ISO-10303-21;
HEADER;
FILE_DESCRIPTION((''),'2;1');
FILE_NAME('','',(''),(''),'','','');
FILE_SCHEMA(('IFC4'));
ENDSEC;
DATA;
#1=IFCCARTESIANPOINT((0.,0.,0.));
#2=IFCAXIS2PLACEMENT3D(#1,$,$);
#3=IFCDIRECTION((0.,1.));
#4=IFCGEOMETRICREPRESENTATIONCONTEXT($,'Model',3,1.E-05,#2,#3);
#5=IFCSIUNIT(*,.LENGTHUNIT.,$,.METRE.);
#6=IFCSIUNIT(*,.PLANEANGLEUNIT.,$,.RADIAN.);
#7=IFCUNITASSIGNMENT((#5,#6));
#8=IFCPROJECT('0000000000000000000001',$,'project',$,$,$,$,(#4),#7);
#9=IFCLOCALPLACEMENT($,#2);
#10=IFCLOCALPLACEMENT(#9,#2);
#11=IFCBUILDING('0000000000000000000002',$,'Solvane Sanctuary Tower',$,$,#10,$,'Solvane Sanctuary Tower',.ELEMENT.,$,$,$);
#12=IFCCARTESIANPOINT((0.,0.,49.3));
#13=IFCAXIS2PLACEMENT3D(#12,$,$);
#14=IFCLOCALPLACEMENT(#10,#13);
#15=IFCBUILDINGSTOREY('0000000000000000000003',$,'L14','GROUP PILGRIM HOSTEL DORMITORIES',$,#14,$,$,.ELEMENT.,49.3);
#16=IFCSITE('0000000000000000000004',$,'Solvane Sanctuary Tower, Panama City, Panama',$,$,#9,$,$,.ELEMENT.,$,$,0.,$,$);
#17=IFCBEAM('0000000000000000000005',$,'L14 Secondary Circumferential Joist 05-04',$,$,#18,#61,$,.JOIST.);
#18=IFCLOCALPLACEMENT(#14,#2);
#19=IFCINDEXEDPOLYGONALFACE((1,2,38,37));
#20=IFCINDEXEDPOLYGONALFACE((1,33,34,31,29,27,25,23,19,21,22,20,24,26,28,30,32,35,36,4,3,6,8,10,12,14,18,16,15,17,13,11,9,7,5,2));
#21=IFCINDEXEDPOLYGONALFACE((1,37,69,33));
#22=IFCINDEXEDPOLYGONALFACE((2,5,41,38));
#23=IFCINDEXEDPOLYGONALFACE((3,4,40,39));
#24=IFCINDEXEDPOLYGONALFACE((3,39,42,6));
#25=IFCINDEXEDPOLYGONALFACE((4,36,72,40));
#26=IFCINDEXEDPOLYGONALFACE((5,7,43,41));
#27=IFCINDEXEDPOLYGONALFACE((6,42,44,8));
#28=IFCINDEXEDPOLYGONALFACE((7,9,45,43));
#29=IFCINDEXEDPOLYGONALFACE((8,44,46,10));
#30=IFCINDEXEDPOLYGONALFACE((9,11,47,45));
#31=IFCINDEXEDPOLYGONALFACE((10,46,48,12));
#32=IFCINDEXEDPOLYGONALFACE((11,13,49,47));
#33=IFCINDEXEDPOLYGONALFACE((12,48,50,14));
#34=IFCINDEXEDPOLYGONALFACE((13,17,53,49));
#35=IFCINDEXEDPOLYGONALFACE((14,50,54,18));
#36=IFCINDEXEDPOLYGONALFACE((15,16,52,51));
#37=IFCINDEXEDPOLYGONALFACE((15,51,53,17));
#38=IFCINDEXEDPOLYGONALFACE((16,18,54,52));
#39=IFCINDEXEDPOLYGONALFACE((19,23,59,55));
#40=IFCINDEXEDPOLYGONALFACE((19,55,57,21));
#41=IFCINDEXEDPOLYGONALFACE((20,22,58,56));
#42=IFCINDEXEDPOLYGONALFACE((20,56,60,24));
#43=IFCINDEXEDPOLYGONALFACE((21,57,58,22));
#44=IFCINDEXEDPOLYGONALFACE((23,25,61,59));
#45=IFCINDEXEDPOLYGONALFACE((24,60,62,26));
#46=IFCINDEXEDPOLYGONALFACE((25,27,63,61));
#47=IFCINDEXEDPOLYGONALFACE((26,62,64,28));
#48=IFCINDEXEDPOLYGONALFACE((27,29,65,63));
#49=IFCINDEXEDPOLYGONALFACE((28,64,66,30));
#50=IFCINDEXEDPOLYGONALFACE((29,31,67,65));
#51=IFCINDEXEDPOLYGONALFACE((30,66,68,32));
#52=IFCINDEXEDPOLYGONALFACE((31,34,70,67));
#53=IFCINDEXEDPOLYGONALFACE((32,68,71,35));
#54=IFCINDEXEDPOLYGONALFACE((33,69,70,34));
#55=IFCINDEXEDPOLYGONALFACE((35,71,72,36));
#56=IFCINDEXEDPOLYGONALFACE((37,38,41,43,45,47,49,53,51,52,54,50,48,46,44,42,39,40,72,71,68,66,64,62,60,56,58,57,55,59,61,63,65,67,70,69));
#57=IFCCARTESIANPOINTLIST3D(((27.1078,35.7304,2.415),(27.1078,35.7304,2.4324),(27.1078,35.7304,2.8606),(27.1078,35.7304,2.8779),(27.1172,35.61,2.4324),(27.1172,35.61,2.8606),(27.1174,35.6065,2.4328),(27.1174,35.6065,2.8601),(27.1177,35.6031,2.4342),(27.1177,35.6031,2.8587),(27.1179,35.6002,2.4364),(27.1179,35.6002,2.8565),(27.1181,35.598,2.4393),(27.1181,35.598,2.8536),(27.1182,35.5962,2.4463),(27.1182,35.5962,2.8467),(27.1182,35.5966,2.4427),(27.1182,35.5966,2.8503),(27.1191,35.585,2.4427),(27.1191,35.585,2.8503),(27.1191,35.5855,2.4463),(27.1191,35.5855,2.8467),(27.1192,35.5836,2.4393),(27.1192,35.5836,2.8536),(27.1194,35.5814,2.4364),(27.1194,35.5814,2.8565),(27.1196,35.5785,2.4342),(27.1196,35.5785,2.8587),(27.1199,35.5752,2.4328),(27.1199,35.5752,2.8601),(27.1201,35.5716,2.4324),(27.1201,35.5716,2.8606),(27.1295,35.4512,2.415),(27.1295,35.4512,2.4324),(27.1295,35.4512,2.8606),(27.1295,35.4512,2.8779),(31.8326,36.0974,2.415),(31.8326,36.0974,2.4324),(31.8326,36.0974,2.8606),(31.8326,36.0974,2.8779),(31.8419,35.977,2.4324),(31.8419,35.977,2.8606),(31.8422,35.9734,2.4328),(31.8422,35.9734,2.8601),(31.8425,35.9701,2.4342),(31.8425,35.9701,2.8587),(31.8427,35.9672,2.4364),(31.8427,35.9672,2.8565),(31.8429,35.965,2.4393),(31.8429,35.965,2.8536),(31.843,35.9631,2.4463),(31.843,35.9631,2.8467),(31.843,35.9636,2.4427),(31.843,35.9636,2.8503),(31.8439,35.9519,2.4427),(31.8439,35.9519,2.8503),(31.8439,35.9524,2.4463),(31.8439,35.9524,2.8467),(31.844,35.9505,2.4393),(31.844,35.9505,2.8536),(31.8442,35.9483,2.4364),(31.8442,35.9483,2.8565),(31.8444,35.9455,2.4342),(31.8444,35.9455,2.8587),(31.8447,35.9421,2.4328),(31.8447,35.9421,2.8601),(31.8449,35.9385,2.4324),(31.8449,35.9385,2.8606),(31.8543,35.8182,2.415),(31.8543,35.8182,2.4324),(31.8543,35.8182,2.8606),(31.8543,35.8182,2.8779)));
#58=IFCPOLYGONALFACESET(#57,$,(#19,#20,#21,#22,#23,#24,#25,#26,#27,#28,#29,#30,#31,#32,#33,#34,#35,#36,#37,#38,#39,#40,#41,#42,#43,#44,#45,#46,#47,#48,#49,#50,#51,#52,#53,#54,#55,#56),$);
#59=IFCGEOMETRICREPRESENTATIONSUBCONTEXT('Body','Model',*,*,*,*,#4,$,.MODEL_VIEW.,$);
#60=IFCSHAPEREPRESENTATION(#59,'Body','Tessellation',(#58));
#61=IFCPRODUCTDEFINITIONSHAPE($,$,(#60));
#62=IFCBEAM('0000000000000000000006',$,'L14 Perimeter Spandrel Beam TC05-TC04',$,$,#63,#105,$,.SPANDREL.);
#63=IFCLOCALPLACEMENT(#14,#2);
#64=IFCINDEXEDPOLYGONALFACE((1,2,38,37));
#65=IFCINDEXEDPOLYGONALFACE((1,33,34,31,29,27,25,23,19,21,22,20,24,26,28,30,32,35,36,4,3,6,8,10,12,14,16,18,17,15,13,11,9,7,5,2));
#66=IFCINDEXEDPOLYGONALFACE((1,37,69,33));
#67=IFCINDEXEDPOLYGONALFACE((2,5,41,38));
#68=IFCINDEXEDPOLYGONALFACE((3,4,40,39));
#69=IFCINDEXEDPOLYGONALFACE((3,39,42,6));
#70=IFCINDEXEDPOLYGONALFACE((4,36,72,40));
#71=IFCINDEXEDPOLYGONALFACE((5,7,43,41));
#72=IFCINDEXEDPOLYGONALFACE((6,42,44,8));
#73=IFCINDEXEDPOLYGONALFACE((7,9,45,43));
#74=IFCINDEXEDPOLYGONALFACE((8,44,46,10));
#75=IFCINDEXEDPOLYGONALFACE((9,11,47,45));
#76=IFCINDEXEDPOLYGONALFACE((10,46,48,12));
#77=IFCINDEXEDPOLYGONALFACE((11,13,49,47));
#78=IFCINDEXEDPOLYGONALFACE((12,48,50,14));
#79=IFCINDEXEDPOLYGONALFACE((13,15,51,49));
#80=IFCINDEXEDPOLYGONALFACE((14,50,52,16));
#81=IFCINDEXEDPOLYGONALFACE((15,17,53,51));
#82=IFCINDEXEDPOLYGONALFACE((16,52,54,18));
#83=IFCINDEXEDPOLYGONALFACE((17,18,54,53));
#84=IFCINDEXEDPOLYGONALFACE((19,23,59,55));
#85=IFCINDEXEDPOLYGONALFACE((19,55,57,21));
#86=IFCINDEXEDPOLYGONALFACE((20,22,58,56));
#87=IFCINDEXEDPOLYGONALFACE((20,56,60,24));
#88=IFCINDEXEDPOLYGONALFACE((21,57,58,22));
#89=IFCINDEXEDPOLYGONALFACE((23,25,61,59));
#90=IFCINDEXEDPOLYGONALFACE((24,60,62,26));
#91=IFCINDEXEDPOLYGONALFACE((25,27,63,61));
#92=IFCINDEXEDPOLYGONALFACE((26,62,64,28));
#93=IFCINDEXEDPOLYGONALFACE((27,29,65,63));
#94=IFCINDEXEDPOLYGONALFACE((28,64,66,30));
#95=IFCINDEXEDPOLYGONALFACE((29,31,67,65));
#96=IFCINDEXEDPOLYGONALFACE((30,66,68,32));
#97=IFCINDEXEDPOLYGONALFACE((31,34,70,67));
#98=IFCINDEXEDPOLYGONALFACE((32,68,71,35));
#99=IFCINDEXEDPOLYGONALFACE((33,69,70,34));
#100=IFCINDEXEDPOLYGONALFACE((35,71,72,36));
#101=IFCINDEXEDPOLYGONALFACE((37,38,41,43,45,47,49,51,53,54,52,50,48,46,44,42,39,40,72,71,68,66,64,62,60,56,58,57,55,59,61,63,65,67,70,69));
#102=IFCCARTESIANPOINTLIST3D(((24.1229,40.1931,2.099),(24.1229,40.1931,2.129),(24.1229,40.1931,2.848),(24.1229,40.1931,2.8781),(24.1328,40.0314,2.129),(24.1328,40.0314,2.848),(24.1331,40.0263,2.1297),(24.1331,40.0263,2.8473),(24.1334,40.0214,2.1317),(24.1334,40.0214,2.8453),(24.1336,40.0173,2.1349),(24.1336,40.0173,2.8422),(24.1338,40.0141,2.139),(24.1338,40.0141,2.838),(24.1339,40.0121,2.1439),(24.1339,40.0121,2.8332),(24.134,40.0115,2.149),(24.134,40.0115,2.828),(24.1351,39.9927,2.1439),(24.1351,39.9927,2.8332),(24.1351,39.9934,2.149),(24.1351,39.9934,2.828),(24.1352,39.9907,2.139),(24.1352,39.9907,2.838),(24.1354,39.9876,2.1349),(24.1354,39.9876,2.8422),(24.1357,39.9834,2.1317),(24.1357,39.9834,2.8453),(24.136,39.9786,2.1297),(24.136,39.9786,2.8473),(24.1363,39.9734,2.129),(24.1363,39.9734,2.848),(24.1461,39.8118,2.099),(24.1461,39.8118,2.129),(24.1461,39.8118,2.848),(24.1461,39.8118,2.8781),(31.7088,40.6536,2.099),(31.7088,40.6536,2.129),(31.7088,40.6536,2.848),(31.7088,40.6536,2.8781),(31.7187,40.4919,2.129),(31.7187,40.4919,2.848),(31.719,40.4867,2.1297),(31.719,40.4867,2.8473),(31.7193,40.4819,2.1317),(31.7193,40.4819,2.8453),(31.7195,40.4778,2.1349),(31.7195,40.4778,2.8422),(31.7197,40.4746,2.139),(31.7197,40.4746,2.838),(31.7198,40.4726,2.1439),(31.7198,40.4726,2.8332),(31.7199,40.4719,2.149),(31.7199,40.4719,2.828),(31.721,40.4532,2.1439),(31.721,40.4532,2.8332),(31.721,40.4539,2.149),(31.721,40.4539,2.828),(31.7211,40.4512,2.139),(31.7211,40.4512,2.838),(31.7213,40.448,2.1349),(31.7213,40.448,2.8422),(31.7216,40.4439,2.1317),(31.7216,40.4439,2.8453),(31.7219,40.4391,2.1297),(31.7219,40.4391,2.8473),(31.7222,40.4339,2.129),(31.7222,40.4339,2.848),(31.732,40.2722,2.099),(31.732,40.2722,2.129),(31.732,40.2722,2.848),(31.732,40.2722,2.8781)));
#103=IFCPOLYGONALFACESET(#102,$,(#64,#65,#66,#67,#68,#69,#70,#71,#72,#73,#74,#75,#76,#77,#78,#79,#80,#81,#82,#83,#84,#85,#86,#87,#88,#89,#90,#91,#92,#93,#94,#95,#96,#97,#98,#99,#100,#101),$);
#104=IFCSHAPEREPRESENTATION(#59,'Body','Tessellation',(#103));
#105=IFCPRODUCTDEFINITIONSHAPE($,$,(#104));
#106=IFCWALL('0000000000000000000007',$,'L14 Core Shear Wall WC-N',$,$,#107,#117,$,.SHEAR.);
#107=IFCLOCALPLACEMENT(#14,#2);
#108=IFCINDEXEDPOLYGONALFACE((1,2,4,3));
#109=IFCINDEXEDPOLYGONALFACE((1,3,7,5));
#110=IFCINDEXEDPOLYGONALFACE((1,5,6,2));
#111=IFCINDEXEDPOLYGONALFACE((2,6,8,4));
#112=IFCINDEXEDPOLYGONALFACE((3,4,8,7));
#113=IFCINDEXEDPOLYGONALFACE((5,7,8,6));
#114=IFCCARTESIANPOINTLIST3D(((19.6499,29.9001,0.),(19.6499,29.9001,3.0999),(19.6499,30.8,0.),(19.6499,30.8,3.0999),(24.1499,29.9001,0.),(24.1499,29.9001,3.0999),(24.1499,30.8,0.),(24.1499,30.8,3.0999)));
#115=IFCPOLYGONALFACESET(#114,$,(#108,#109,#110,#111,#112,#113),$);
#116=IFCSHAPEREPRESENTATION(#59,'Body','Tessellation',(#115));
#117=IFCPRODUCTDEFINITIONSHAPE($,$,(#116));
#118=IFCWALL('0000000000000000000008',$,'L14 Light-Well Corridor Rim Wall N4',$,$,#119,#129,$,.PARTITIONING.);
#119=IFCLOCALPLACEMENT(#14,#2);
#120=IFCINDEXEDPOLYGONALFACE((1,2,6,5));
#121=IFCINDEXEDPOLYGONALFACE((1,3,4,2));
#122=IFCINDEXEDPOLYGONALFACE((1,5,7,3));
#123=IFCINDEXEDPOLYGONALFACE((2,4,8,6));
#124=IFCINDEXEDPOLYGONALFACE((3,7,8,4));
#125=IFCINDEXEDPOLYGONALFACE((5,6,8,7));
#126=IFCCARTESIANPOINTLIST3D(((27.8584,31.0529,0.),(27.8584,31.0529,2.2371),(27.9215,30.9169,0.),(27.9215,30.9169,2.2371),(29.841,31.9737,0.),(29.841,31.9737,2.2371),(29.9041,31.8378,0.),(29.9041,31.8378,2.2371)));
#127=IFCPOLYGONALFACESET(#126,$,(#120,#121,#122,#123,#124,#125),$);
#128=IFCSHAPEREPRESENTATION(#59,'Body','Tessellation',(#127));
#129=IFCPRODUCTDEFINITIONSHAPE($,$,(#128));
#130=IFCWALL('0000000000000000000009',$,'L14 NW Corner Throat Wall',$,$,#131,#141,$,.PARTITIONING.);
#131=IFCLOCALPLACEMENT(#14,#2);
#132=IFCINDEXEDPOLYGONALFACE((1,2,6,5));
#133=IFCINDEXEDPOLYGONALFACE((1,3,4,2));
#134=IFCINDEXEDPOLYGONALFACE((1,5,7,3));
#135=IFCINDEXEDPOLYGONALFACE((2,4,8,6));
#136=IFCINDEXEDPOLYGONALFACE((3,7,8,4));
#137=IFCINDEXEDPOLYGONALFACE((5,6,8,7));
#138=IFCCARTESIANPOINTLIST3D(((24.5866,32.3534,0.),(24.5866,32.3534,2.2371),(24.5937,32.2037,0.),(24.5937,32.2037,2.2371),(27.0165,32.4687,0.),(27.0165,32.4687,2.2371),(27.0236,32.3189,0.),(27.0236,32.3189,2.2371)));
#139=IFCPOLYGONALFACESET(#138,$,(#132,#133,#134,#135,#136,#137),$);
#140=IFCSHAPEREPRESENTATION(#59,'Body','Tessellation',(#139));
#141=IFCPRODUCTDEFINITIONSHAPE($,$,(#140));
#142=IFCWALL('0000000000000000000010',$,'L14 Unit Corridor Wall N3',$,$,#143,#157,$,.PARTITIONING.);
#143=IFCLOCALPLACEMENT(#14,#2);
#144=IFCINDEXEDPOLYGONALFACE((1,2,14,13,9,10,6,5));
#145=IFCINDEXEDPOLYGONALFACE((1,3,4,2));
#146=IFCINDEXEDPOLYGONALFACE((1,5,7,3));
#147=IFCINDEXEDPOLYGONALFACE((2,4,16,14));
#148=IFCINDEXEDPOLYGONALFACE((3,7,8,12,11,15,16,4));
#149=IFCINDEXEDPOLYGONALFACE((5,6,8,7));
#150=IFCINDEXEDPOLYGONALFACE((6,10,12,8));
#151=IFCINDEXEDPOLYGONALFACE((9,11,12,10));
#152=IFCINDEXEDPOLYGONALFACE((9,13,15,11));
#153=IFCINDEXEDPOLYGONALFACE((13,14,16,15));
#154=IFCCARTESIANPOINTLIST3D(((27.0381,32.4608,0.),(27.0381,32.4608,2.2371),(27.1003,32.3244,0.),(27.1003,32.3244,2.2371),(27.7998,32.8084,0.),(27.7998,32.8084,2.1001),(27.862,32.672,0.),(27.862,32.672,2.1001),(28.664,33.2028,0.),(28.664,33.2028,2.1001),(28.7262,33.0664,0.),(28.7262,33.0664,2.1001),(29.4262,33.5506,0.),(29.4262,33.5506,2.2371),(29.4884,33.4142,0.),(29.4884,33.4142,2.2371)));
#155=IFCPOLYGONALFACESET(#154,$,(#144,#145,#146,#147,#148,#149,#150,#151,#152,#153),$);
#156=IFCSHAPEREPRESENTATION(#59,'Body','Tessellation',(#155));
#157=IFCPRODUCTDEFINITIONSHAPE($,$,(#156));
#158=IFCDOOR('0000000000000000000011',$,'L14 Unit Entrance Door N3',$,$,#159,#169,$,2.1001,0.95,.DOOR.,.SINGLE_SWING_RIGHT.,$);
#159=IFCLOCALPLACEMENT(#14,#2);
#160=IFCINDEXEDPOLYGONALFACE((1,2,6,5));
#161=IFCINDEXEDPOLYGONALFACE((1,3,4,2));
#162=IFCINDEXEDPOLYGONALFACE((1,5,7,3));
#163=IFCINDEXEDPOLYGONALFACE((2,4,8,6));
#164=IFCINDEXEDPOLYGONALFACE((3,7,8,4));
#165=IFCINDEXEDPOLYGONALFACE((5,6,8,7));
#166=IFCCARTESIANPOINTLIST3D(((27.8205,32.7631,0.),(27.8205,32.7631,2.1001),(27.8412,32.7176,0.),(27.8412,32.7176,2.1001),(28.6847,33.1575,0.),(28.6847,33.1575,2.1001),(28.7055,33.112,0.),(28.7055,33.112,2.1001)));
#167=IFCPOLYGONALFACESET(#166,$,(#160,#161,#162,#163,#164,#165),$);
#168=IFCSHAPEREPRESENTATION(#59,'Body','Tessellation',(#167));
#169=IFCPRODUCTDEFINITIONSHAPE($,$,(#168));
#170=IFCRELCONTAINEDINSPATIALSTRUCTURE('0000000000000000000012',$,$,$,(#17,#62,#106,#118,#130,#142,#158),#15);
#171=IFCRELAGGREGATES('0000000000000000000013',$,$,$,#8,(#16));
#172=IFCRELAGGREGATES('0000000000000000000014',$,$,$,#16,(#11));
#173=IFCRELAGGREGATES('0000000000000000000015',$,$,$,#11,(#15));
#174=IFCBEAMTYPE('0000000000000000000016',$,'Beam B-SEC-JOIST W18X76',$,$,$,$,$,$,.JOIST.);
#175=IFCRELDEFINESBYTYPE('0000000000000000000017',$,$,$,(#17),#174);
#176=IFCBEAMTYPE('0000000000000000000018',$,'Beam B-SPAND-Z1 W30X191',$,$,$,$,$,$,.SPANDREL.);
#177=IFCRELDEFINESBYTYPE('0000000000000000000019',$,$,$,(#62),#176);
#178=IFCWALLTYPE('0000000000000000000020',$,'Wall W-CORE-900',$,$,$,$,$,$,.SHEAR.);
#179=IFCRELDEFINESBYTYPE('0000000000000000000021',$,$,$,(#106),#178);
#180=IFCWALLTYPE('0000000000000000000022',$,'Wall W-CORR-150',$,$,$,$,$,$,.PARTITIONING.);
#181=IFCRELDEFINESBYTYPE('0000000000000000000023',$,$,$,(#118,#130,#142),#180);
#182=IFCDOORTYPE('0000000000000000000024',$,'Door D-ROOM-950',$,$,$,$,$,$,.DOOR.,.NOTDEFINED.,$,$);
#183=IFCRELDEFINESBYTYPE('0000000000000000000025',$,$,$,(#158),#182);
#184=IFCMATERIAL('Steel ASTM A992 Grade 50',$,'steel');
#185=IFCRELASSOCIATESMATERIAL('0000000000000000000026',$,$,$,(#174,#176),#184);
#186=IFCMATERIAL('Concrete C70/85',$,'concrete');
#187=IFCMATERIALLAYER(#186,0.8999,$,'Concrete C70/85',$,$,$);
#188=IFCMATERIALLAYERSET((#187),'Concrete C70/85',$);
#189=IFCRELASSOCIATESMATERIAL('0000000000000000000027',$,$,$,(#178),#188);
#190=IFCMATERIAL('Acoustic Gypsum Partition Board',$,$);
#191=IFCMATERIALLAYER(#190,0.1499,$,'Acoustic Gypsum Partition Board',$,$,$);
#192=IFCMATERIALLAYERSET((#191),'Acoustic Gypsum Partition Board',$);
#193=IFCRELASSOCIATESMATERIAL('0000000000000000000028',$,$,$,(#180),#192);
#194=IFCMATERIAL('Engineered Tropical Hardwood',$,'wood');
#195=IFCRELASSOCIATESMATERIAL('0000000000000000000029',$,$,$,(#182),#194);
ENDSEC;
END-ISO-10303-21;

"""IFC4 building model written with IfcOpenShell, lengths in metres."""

from ifc_helpers import new_model, si_unit, direction, frame, frame_2d, origin, origin_2d, place, context, subcontext, project, spatial, rectangle, i_section, extrude, material, layer, layer_set, material_profile, profile_set, type_object, element, fill, save


model = new_model("IFC4")

# Units and contexts
model_context = context("Model", 3, precision=1e-05, world=origin(), true_north=direction((0.0, 1.0)))
body_context = subcontext(model_context, "Body", "Model", "MODEL_VIEW")
ifc_project = project(units=[si_unit("LENGTHUNIT", "METRE"), si_unit("PLANEANGLEUNIT", "RADIAN")], contexts=[model_context])

# Site, building, storey
site_placement = place(None, origin())
site = spatial("IfcSite", under=ifc_project, at=site_placement, Name="Solvane Sanctuary Tower, Panama City, Panama", CompositionType="ELEMENT", RefElevation=0.0)
building_placement = place(site_placement, origin())
building = spatial("IfcBuilding", under=site, at=building_placement, Name="Solvane Sanctuary Tower", LongName="Solvane Sanctuary Tower", CompositionType="ELEMENT")
storey_placement = place(building_placement, frame((0.0, 0.0, 49.3)))
storey = spatial("IfcBuildingStorey", under=building, at=storey_placement, Name="L14", Description="GROUP PILGRIM HOSTEL DORMITORIES", CompositionType="ELEMENT", Elevation=49.3)

# Shared definitions
ifc_material_1 = material(Name="Concrete C70/85", Category="concrete")

# Beams
ifc_material_2 = material(Name="Steel ASTM A992 Grade 50", Category="steel")
ifc_material_profile_1 = material_profile(ifc_material_2, i_section(OverallWidth=0.28, OverallDepth=0.4629, WebThickness=0.0107, FlangeThickness=0.0173, FilletRadius=0.0139, at=origin_2d()), Name="W18X76")
ifc_profile_set_1 = profile_set([ifc_material_profile_1], Name="Steel ASTM A992 Grade 50")
beam_type_1 = type_object("IfcBeamType", Name="Beam B-SEC-JOIST W18X76", PredefinedType="JOIST", material=ifc_profile_set_1)
beam_1_placement = place(storey_placement, frame((27.1187, 35.5908, 2.6465), z_axis=(0.996998, 0.077429, 0.0), x_axis=(-0.077429, 0.996998, 0.0)))
element("IfcBeam", 1, at=beam_1_placement, inside=storey, type_object=beam_type_1, Name="L14 Secondary Circumferential Joist 05-04", PredefinedType="JOIST", context=body_context, shape_type="SweptSolid", body=[
    extrude(i_section(OverallWidth=0.28, OverallDepth=0.4629, WebThickness=0.0107, FlangeThickness=0.0173, FilletRadius=0.0139, at=origin_2d()), origin(), (0.0, 0.0, 1.0), 4.739),
])
ifc_material_profile_2 = material_profile(ifc_material_2, i_section(OverallWidth=0.3821, OverallDepth=0.7791, WebThickness=0.0181, FlangeThickness=0.03, FilletRadius=0.02, at=origin_2d()), Name="W30X191")
ifc_profile_set_2 = profile_set([ifc_material_profile_2], Name="Steel ASTM A992 Grade 50")
beam_type_2 = type_object("IfcBeamType", Name="Beam B-SPAND-Z1 W30X191", PredefinedType="SPANDREL", material=ifc_profile_set_2)
beam_2_placement = place(storey_placement, frame((24.1345, 40.0024, 2.4885), z_axis=(0.998163, 0.060586, 0.0), x_axis=(-0.060586, 0.998163, 0.0)))
element("IfcBeam", 2, at=beam_2_placement, inside=storey, type_object=beam_type_2, Name="L14 Perimeter Spandrel Beam TC05-TC04", PredefinedType="SPANDREL", context=body_context, shape_type="SweptSolid", body=[
    extrude(i_section(OverallWidth=0.3821, OverallDepth=0.7791, WebThickness=0.0181, FlangeThickness=0.03, FilletRadius=0.02, at=origin_2d()), origin(), (0.0, 0.0, 1.0), 7.5999),
])

# Walls
ifc_layer_1 = layer(ifc_material_1, 0.8999, Name="Concrete C70/85")
ifc_layer_set_1 = layer_set([ifc_layer_1], Name="Concrete C70/85")
wall_type_1 = type_object("IfcWallType", Name="Wall W-CORE-900", PredefinedType="SHEAR", material=ifc_layer_set_1)
wall_1_placement = place(storey_placement, frame((19.6499, 30.3501, 0.0), z_axis=(0.0, 0.0, 1.0), x_axis=(1.0, 0.0, 0.0)))
element("IfcWall", 3, at=wall_1_placement, inside=storey, type_object=wall_type_1, Name="L14 Core Shear Wall WC-N", PredefinedType="SHEAR", context=body_context, shape_type="SweptSolid", body=[
    extrude(rectangle(XDim=4.5, YDim=0.8999, at=frame_2d((2.25, 0.0))), origin(), (0.0, 0.0, 1.0), 3.0999),
])
ifc_material_3 = material(Name="Acoustic Gypsum Partition Board")
ifc_layer_2 = layer(ifc_material_3, 0.1499, Name="Acoustic Gypsum Partition Board")
ifc_layer_set_2 = layer_set([ifc_layer_2], Name="Acoustic Gypsum Partition Board")
wall_type_2 = type_object("IfcWallType", Name="Wall W-CORR-150", PredefinedType="PARTITIONING", material=ifc_layer_set_2)
wall_2_placement = place(storey_placement, frame((29.8726, 31.9058, 0.0), z_axis=(0.0, 0.0, 1.0), x_axis=(-0.906943, -0.421252, 0.0)))
element("IfcWall", 4, at=wall_2_placement, inside=storey, type_object=wall_type_2, Name="L14 Light-Well Corridor Rim Wall N4", PredefinedType="PARTITIONING", context=body_context, shape_type="SweptSolid", body=[
    extrude(rectangle(XDim=2.186, YDim=0.1499, at=frame_2d((1.093, 0.0))), origin(), (0.0, 0.0, 1.0), 2.2371),
])
wall_3_placement = place(storey_placement, frame((27.02, 32.3938, 0.0), z_axis=(0.0, 0.0, 1.0), x_axis=(-0.998877, -0.04737, 0.0)))
element("IfcWall", 5, at=wall_3_placement, inside=storey, type_object=wall_type_2, Name="L14 NW Corner Throat Wall", PredefinedType="PARTITIONING", context=body_context, shape_type="SweptSolid", body=[
    extrude(rectangle(XDim=2.4326, YDim=0.1499, at=frame_2d((1.2163, 0.0))), origin(), (0.0, 0.0, 1.0), 2.2371),
])

# Wall, opening, door
wall_4_placement = place(storey_placement, frame((29.4573, 33.4824, 0.0), z_axis=(0.0, 0.0, 1.0), x_axis=(-0.909748, -0.415162, 0.0)))
wall_4 = element("IfcWall", 6, at=wall_4_placement, inside=storey, type_object=wall_type_2, Name="L14 Unit Corridor Wall N3", PredefinedType="PARTITIONING", context=body_context, shape_type="SweptSolid", body=[
    extrude(rectangle(XDim=2.625, YDim=0.1499, at=frame_2d((1.3125, 0.0))), origin(), (0.0, 0.0, 1.0), 2.2371),
])
opening_1_placement = place(wall_4_placement, frame((0.8376, 0.0, 0.0)))
opening_1 = element("IfcOpeningElement", 7, at=opening_1_placement, cuts=wall_4, PredefinedType="OPENING", context=body_context, shape_type="SweptSolid", body=[
    extrude(rectangle(XDim=0.95, YDim=2.1001, at=frame_2d((0.4751, 1.05))), frame((0.0, 0.085, 0.0), z_axis=(0.0, -1.0, 0.0), x_axis=(1.0, 0.0, 0.0)), (0.0, 0.0, 1.0), 0.1699),
])
ifc_material_4 = material(Name="Engineered Tropical Hardwood", Category="wood")
door_type_1 = type_object("IfcDoorType", Name="Door D-ROOM-950", OperationType="NOTDEFINED", PredefinedType="DOOR", material=ifc_material_4)
door_1_placement = place(opening_1_placement, origin())
door_1 = element("IfcDoor", 8, at=door_1_placement, inside=storey, type_object=door_type_1, Name="L14 Unit Entrance Door N3", OperationType="SINGLE_SWING_RIGHT", OverallHeight=2.1001, OverallWidth=0.95, PredefinedType="DOOR", context=body_context, shape_type="SweptSolid", body=[
    extrude(rectangle(XDim=0.95, YDim=2.1001, at=frame_2d((0.4751, 1.05))), frame((0.0, 0.0249, 0.0), z_axis=(0.0, -1.0, 0.0), x_axis=(1.0, 0.0, 0.0)), (0.0, 0.0, 1.0), 0.05),
])
fill(opening_1, door_1)

save(model, "model.ifc")
